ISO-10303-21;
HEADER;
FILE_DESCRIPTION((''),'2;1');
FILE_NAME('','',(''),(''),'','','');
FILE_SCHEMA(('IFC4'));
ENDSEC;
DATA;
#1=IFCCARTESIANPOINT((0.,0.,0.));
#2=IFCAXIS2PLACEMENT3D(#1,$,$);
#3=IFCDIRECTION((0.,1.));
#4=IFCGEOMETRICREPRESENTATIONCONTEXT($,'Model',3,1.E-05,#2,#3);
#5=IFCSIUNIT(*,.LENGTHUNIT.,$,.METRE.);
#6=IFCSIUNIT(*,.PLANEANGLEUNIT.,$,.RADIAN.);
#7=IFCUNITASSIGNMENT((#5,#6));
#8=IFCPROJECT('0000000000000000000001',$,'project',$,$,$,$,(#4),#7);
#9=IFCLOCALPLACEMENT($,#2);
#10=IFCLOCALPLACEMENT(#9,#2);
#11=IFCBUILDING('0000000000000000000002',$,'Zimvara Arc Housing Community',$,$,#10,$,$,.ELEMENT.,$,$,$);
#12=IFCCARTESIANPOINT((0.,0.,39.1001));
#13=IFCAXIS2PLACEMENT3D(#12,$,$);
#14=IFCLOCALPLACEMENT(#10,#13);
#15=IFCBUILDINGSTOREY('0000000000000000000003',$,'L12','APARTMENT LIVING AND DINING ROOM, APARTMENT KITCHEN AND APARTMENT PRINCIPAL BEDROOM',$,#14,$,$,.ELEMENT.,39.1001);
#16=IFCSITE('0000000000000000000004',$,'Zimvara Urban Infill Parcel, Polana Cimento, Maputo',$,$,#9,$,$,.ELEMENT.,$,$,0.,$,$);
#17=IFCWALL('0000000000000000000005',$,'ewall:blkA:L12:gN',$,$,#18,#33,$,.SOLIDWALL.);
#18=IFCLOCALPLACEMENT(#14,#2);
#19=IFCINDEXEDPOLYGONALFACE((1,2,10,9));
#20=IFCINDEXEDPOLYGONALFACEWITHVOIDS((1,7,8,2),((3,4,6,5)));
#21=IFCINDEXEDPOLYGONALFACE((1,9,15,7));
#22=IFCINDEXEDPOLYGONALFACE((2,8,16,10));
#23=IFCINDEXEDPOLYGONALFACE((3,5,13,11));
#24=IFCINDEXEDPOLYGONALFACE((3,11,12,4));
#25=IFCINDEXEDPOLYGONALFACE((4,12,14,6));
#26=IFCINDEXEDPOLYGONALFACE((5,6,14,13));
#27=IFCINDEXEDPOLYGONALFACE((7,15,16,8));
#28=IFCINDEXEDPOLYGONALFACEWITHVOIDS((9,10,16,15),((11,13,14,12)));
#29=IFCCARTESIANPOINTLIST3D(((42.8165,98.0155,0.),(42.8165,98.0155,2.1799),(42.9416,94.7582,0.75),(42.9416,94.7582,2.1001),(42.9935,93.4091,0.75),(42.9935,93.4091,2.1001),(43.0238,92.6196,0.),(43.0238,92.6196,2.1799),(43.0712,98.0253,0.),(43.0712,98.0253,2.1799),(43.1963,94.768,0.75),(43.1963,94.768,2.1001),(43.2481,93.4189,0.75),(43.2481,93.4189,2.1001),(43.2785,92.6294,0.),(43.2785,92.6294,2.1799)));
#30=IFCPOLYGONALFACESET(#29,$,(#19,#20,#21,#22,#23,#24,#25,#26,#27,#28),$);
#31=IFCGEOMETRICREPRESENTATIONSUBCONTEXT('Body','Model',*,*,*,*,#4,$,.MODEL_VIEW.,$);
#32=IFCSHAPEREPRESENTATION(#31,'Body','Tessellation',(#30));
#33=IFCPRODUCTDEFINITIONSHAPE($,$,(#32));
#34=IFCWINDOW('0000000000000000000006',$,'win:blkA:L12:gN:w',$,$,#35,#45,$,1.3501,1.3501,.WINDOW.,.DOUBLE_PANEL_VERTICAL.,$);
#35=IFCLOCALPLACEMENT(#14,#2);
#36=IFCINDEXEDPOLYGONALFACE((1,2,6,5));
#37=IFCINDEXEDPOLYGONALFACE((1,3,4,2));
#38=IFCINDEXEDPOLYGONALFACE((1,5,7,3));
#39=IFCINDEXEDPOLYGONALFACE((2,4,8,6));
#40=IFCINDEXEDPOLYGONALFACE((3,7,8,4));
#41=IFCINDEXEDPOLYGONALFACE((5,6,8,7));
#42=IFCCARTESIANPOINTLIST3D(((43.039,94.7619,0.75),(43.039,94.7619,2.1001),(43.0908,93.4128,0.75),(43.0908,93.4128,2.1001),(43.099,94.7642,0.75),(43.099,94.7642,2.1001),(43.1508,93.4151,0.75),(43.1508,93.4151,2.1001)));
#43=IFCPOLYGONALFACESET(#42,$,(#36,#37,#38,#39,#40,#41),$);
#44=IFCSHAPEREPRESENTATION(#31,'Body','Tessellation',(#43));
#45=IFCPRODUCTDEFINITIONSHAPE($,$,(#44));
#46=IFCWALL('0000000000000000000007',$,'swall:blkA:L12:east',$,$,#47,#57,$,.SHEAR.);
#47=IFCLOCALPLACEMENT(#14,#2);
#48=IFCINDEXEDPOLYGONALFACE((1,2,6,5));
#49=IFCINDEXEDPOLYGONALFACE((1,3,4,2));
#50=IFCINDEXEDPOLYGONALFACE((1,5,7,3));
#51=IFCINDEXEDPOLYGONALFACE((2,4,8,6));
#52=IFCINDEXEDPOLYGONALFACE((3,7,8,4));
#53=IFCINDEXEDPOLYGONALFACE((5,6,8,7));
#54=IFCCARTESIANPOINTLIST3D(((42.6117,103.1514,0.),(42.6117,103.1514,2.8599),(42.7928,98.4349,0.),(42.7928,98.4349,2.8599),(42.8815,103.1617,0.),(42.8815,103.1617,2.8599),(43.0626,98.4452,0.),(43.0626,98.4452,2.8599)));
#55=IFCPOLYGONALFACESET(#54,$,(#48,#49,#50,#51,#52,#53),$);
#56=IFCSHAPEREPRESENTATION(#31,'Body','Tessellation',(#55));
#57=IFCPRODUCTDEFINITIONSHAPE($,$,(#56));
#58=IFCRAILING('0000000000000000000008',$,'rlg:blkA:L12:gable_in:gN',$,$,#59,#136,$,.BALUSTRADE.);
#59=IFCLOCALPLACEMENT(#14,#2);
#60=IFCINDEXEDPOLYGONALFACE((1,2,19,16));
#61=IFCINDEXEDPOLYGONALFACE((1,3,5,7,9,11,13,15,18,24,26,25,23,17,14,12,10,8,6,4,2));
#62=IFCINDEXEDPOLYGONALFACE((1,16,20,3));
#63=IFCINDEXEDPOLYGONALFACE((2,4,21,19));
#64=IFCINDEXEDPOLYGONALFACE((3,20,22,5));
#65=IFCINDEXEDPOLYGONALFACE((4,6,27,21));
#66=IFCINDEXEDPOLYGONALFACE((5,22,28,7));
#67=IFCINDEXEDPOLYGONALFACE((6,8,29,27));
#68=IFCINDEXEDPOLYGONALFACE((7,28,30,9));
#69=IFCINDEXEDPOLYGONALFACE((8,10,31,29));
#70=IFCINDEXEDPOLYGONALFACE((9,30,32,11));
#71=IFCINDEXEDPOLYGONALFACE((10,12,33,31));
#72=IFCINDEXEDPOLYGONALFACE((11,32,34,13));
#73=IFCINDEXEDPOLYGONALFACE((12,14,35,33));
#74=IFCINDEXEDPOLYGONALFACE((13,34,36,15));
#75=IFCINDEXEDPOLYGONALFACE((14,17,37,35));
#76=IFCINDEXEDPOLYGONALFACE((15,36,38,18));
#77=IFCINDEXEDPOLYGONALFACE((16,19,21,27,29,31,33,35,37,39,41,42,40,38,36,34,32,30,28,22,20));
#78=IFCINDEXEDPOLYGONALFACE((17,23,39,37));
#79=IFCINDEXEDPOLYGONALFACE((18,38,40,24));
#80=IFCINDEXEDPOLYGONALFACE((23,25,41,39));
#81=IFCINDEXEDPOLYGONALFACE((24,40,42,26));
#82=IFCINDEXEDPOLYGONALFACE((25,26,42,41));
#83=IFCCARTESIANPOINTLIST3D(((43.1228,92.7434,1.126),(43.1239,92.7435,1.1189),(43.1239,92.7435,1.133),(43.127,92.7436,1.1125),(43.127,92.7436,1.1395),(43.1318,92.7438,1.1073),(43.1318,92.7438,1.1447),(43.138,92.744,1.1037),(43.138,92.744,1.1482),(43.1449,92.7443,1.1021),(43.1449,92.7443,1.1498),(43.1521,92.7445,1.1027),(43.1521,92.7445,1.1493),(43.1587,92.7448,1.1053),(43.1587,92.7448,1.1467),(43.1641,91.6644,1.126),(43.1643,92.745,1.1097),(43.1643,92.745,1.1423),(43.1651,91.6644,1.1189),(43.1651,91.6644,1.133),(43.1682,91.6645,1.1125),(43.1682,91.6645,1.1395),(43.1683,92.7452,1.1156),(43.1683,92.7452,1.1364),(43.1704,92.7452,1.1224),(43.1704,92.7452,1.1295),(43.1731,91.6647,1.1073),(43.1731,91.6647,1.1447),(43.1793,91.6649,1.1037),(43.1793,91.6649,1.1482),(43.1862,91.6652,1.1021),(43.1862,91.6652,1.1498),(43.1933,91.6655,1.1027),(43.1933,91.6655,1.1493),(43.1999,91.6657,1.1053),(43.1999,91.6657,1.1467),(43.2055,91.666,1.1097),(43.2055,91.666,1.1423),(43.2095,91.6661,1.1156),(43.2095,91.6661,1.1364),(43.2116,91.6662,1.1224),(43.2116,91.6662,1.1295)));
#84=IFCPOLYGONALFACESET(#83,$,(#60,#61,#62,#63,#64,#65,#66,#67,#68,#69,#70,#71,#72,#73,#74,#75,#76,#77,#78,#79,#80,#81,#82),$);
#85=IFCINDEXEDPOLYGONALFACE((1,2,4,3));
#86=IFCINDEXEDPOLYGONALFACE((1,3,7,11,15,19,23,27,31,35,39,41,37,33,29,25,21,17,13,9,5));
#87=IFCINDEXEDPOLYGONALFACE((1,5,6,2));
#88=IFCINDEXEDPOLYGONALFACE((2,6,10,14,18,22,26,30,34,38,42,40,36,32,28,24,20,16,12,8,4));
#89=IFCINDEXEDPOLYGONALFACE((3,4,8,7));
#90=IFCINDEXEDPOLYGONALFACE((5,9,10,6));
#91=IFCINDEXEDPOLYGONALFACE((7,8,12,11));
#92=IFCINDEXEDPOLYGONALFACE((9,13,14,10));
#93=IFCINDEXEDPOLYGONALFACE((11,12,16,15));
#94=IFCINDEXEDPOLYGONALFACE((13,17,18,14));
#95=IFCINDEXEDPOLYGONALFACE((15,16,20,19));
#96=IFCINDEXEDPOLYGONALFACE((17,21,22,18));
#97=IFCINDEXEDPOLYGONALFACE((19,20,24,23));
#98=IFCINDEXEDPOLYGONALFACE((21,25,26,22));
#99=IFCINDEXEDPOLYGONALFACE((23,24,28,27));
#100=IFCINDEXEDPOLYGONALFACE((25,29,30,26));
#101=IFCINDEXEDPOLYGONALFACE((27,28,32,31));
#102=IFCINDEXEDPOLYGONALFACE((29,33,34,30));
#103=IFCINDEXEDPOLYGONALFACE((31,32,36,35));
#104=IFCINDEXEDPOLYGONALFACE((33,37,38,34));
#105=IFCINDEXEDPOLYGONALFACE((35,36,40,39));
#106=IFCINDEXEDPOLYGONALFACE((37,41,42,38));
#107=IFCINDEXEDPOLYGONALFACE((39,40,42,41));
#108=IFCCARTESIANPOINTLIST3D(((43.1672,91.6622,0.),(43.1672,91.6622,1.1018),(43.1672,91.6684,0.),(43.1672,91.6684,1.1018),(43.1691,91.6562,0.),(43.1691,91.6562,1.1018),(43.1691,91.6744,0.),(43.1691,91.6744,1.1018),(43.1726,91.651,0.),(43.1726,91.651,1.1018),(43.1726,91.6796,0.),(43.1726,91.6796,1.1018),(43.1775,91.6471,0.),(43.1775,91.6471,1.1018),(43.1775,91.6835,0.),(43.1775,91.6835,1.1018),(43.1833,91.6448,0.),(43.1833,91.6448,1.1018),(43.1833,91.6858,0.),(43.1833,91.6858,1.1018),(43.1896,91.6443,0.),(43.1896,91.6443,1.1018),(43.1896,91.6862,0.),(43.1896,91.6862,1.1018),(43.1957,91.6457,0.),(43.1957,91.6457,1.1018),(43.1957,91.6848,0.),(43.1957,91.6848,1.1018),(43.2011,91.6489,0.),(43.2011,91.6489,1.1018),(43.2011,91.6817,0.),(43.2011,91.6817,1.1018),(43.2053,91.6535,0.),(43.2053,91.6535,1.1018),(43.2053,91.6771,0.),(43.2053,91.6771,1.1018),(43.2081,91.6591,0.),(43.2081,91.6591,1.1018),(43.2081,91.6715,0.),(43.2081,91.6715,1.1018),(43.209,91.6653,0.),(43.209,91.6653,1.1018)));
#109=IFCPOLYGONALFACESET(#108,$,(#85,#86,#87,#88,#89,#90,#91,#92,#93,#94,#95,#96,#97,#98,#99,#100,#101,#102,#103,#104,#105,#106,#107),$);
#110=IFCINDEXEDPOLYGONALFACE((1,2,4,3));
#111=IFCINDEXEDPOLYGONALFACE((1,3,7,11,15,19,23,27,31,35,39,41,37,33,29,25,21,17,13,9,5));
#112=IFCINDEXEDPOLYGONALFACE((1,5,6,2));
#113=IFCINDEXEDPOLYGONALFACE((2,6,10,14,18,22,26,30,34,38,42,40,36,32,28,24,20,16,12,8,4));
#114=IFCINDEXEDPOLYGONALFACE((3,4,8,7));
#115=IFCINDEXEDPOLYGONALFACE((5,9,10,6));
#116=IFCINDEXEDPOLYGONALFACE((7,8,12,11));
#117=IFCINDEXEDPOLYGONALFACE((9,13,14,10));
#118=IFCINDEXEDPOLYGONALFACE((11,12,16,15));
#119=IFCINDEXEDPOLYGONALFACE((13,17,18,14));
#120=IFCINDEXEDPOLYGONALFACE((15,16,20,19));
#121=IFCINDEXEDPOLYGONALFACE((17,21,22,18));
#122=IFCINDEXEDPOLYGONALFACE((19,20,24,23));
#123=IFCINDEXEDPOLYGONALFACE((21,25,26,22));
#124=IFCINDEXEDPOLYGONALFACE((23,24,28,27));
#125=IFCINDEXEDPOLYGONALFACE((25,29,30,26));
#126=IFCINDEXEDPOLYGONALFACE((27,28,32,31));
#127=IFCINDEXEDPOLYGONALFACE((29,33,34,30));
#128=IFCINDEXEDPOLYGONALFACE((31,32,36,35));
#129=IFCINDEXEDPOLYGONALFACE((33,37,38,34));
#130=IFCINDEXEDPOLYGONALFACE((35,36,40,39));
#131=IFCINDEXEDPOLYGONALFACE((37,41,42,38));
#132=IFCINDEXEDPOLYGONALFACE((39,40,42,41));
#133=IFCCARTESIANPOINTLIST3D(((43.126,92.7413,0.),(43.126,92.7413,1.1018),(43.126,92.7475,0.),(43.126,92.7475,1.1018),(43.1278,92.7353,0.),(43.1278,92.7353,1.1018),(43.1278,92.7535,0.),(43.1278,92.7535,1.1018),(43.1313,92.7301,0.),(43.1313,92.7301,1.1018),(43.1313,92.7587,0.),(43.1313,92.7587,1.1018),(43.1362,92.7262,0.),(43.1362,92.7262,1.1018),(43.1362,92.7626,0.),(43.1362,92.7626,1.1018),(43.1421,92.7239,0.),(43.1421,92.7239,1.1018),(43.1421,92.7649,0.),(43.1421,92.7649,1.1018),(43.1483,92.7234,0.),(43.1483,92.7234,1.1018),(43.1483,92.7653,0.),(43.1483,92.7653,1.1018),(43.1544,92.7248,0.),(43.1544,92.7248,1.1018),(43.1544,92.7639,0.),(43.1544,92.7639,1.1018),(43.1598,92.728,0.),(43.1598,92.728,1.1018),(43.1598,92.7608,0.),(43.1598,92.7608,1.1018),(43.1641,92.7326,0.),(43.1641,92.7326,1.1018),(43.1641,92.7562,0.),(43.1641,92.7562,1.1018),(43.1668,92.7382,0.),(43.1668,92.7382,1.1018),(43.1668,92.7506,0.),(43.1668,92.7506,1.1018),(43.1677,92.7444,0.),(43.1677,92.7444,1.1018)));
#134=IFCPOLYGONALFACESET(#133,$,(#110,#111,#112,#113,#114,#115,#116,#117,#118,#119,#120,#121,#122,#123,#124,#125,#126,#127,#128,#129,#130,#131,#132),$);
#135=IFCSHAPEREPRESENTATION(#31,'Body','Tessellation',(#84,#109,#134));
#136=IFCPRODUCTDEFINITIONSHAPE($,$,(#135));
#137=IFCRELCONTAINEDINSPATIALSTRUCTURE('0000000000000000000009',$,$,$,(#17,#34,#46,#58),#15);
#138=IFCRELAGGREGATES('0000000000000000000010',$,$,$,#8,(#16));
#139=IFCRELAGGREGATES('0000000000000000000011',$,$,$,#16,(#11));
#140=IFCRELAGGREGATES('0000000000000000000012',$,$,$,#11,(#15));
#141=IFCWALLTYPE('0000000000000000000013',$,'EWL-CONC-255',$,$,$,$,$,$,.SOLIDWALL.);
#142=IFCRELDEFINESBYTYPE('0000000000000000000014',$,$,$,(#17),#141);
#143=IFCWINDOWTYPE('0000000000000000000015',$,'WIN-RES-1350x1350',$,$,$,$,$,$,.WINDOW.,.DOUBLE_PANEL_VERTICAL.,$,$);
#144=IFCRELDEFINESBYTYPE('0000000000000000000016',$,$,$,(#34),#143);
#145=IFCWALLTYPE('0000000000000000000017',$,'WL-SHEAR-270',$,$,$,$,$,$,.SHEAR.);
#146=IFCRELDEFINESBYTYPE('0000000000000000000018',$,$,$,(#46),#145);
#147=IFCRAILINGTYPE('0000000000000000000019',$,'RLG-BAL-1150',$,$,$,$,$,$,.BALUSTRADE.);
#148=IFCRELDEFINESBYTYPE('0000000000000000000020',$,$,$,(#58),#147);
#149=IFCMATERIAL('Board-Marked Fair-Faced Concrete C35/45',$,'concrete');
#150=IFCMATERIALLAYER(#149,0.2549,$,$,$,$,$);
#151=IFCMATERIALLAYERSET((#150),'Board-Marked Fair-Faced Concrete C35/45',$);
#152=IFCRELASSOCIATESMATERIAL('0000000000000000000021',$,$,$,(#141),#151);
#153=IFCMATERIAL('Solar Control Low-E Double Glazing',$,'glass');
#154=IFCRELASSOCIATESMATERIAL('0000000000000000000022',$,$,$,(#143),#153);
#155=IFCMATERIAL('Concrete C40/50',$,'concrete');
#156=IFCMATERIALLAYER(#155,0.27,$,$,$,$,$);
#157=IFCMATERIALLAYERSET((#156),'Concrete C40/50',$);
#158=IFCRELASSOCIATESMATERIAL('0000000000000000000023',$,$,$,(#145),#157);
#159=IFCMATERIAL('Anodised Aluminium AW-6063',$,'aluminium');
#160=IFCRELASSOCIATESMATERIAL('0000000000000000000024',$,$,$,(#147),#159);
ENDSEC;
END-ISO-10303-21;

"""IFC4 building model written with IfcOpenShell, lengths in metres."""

from ifc_helpers import new_model, si_unit, direction, frame, frame_2d, origin, origin_2d, place, context, subcontext, project, spatial, rectangle, circle, extrude, material, layer, layer_set, type_object, element, fill, save


model = new_model("IFC4")

# Units and contexts
model_context = context("Model", 3, precision=1e-05, world=origin(), true_north=direction((0.0, 1.0)))
body_context = subcontext(model_context, "Body", "Model", "MODEL_VIEW")
ifc_project = project(units=[si_unit("LENGTHUNIT", "METRE"), si_unit("PLANEANGLEUNIT", "RADIAN")], contexts=[model_context])

# Site, building, storey
site_placement = place(None, origin())
site = spatial("IfcSite", under=ifc_project, at=site_placement, Name="Zimvara Urban Infill Parcel, Polana Cimento, Maputo", CompositionType="ELEMENT", RefElevation=0.0)
building_placement = place(site_placement, origin())
building = spatial("IfcBuilding", under=site, at=building_placement, Name="Zimvara Arc Housing Community", CompositionType="ELEMENT")
storey_placement = place(building_placement, frame((0.0, 0.0, 39.1001)))
storey = spatial("IfcBuildingStorey", under=building, at=storey_placement, Name="L12", Description="APARTMENT LIVING AND DINING ROOM, APARTMENT KITCHEN AND APARTMENT PRINCIPAL BEDROOM", CompositionType="ELEMENT", Elevation=39.1001)

# Wall, opening, window
ifc_material_1 = material(Name="Board-Marked Fair-Faced Concrete C35/45", Category="concrete")
ifc_layer_1 = layer(ifc_material_1, 0.2549)
ifc_layer_set_1 = layer_set([ifc_layer_1], Name="Board-Marked Fair-Faced Concrete C35/45")
wall_type_1 = type_object("IfcWallType", Name="EWL-CONC-255", PredefinedType="SOLIDWALL", material=ifc_layer_set_1)
wall_1_placement = place(storey_placement, frame((43.1511, 92.6245, 0.0), z_axis=(0.0, 0.0, 1.0), x_axis=(-0.038385, 0.999263, 0.0)))
wall_1 = element("IfcWall", 1, at=wall_1_placement, inside=storey, type_object=wall_type_1, Name="ewall:blkA:L12:gN", PredefinedType="SOLIDWALL", context=body_context, shape_type="SweptSolid", body=[
    extrude(rectangle(XDim=5.3999, YDim=0.2549, at=frame_2d((2.7, 0.0))), origin(), (0.0, 0.0, 1.0), 2.1799),
])
opening_placement = place(wall_1_placement, frame((0.79, 0.0, 0.75)))
opening = element("IfcOpeningElement", 2, at=opening_placement, cuts=wall_1, PredefinedType="OPENING", context=body_context, shape_type="SweptSolid", body=[
    extrude(rectangle(XDim=1.3501, YDim=1.3501, at=frame_2d((0.675, 0.675))), frame((0.0, 0.1375, 0.0), z_axis=(0.0, -1.0, 0.0), x_axis=(1.0, 0.0, 0.0)), (0.0, 0.0, 1.0), 0.2749),
])
ifc_material_2 = material(Name="Solar Control Low-E Double Glazing", Category="glass")
window_type = type_object("IfcWindowType", Name="WIN-RES-1350x1350", PartitioningType="DOUBLE_PANEL_VERTICAL", PredefinedType="WINDOW", material=ifc_material_2)
window_placement = place(opening_placement, origin())
window = element("IfcWindow", 3, at=window_placement, inside=storey, type_object=window_type, Name="win:blkA:L12:gN:w", OverallHeight=1.3501, OverallWidth=1.3501, PartitioningType="DOUBLE_PANEL_VERTICAL", PredefinedType="WINDOW", context=body_context, shape_type="SweptSolid", body=[
    extrude(rectangle(XDim=1.3501, YDim=1.3501, at=frame_2d((0.675, 0.675))), frame((0.0, 0.03, 0.0), z_axis=(0.0, -1.0, 0.0), x_axis=(1.0, 0.0, 0.0)), (0.0, 0.0, 1.0), 0.0601),
])
fill(opening, window)

# Wall
ifc_material_3 = material(Name="Concrete C40/50", Category="concrete")
ifc_layer_2 = layer(ifc_material_3, 0.27)
ifc_layer_set_2 = layer_set([ifc_layer_2], Name="Concrete C40/50")
wall_type_2 = type_object("IfcWallType", Name="WL-SHEAR-270", PredefinedType="SHEAR", material=ifc_layer_set_2)
wall_2_placement = place(storey_placement, frame((42.9277, 98.4402, 0.0), z_axis=(0.0, 0.0, 1.0), x_axis=(-0.038379, 0.999263, 0.0)))
element("IfcWall", 4, at=wall_2_placement, inside=storey, type_object=wall_type_2, Name="swall:blkA:L12:east", PredefinedType="SHEAR", context=body_context, shape_type="SweptSolid", body=[
    extrude(rectangle(XDim=4.72, YDim=0.27, at=frame_2d((2.3599, 0.0))), origin(), (0.0, 0.0, 1.0), 2.8599),
])

# Railing
ifc_material_4 = material(Name="Anodised Aluminium AW-6063", Category="aluminium")
railing_type = type_object("IfcRailingType", Name="RLG-BAL-1150", PredefinedType="BALUSTRADE", material=ifc_material_4)
railing_1_placement = place(storey_placement, frame((43.188, 91.6653, 0.0)))
element("IfcRailing", 5, at=railing_1_placement, inside=storey, type_object=railing_type, Name="rlg:blkA:L12:gable_in:gN", PredefinedType="BALUSTRADE", context=body_context, shape_type="SweptSolid", body=[
    extrude(circle(Radius=0.0239, at=origin_2d()), frame((0.0, 0.0, 1.126), z_axis=(-0.038207, 0.99927, 0.0), x_axis=(-0.99927, -0.038207, 0.0)), (0.0, 0.0, 1.0), 1.0798),
    extrude(circle(Radius=0.021, at=origin_2d()), origin(), (0.0, 0.0, 1.0), 1.1018),
    extrude(circle(Radius=0.021, at=origin_2d()), frame((-0.0413, 1.0791, 0.0)), (0.0, 0.0, 1.0), 1.1018),
])

save(model, "model.ifc")
